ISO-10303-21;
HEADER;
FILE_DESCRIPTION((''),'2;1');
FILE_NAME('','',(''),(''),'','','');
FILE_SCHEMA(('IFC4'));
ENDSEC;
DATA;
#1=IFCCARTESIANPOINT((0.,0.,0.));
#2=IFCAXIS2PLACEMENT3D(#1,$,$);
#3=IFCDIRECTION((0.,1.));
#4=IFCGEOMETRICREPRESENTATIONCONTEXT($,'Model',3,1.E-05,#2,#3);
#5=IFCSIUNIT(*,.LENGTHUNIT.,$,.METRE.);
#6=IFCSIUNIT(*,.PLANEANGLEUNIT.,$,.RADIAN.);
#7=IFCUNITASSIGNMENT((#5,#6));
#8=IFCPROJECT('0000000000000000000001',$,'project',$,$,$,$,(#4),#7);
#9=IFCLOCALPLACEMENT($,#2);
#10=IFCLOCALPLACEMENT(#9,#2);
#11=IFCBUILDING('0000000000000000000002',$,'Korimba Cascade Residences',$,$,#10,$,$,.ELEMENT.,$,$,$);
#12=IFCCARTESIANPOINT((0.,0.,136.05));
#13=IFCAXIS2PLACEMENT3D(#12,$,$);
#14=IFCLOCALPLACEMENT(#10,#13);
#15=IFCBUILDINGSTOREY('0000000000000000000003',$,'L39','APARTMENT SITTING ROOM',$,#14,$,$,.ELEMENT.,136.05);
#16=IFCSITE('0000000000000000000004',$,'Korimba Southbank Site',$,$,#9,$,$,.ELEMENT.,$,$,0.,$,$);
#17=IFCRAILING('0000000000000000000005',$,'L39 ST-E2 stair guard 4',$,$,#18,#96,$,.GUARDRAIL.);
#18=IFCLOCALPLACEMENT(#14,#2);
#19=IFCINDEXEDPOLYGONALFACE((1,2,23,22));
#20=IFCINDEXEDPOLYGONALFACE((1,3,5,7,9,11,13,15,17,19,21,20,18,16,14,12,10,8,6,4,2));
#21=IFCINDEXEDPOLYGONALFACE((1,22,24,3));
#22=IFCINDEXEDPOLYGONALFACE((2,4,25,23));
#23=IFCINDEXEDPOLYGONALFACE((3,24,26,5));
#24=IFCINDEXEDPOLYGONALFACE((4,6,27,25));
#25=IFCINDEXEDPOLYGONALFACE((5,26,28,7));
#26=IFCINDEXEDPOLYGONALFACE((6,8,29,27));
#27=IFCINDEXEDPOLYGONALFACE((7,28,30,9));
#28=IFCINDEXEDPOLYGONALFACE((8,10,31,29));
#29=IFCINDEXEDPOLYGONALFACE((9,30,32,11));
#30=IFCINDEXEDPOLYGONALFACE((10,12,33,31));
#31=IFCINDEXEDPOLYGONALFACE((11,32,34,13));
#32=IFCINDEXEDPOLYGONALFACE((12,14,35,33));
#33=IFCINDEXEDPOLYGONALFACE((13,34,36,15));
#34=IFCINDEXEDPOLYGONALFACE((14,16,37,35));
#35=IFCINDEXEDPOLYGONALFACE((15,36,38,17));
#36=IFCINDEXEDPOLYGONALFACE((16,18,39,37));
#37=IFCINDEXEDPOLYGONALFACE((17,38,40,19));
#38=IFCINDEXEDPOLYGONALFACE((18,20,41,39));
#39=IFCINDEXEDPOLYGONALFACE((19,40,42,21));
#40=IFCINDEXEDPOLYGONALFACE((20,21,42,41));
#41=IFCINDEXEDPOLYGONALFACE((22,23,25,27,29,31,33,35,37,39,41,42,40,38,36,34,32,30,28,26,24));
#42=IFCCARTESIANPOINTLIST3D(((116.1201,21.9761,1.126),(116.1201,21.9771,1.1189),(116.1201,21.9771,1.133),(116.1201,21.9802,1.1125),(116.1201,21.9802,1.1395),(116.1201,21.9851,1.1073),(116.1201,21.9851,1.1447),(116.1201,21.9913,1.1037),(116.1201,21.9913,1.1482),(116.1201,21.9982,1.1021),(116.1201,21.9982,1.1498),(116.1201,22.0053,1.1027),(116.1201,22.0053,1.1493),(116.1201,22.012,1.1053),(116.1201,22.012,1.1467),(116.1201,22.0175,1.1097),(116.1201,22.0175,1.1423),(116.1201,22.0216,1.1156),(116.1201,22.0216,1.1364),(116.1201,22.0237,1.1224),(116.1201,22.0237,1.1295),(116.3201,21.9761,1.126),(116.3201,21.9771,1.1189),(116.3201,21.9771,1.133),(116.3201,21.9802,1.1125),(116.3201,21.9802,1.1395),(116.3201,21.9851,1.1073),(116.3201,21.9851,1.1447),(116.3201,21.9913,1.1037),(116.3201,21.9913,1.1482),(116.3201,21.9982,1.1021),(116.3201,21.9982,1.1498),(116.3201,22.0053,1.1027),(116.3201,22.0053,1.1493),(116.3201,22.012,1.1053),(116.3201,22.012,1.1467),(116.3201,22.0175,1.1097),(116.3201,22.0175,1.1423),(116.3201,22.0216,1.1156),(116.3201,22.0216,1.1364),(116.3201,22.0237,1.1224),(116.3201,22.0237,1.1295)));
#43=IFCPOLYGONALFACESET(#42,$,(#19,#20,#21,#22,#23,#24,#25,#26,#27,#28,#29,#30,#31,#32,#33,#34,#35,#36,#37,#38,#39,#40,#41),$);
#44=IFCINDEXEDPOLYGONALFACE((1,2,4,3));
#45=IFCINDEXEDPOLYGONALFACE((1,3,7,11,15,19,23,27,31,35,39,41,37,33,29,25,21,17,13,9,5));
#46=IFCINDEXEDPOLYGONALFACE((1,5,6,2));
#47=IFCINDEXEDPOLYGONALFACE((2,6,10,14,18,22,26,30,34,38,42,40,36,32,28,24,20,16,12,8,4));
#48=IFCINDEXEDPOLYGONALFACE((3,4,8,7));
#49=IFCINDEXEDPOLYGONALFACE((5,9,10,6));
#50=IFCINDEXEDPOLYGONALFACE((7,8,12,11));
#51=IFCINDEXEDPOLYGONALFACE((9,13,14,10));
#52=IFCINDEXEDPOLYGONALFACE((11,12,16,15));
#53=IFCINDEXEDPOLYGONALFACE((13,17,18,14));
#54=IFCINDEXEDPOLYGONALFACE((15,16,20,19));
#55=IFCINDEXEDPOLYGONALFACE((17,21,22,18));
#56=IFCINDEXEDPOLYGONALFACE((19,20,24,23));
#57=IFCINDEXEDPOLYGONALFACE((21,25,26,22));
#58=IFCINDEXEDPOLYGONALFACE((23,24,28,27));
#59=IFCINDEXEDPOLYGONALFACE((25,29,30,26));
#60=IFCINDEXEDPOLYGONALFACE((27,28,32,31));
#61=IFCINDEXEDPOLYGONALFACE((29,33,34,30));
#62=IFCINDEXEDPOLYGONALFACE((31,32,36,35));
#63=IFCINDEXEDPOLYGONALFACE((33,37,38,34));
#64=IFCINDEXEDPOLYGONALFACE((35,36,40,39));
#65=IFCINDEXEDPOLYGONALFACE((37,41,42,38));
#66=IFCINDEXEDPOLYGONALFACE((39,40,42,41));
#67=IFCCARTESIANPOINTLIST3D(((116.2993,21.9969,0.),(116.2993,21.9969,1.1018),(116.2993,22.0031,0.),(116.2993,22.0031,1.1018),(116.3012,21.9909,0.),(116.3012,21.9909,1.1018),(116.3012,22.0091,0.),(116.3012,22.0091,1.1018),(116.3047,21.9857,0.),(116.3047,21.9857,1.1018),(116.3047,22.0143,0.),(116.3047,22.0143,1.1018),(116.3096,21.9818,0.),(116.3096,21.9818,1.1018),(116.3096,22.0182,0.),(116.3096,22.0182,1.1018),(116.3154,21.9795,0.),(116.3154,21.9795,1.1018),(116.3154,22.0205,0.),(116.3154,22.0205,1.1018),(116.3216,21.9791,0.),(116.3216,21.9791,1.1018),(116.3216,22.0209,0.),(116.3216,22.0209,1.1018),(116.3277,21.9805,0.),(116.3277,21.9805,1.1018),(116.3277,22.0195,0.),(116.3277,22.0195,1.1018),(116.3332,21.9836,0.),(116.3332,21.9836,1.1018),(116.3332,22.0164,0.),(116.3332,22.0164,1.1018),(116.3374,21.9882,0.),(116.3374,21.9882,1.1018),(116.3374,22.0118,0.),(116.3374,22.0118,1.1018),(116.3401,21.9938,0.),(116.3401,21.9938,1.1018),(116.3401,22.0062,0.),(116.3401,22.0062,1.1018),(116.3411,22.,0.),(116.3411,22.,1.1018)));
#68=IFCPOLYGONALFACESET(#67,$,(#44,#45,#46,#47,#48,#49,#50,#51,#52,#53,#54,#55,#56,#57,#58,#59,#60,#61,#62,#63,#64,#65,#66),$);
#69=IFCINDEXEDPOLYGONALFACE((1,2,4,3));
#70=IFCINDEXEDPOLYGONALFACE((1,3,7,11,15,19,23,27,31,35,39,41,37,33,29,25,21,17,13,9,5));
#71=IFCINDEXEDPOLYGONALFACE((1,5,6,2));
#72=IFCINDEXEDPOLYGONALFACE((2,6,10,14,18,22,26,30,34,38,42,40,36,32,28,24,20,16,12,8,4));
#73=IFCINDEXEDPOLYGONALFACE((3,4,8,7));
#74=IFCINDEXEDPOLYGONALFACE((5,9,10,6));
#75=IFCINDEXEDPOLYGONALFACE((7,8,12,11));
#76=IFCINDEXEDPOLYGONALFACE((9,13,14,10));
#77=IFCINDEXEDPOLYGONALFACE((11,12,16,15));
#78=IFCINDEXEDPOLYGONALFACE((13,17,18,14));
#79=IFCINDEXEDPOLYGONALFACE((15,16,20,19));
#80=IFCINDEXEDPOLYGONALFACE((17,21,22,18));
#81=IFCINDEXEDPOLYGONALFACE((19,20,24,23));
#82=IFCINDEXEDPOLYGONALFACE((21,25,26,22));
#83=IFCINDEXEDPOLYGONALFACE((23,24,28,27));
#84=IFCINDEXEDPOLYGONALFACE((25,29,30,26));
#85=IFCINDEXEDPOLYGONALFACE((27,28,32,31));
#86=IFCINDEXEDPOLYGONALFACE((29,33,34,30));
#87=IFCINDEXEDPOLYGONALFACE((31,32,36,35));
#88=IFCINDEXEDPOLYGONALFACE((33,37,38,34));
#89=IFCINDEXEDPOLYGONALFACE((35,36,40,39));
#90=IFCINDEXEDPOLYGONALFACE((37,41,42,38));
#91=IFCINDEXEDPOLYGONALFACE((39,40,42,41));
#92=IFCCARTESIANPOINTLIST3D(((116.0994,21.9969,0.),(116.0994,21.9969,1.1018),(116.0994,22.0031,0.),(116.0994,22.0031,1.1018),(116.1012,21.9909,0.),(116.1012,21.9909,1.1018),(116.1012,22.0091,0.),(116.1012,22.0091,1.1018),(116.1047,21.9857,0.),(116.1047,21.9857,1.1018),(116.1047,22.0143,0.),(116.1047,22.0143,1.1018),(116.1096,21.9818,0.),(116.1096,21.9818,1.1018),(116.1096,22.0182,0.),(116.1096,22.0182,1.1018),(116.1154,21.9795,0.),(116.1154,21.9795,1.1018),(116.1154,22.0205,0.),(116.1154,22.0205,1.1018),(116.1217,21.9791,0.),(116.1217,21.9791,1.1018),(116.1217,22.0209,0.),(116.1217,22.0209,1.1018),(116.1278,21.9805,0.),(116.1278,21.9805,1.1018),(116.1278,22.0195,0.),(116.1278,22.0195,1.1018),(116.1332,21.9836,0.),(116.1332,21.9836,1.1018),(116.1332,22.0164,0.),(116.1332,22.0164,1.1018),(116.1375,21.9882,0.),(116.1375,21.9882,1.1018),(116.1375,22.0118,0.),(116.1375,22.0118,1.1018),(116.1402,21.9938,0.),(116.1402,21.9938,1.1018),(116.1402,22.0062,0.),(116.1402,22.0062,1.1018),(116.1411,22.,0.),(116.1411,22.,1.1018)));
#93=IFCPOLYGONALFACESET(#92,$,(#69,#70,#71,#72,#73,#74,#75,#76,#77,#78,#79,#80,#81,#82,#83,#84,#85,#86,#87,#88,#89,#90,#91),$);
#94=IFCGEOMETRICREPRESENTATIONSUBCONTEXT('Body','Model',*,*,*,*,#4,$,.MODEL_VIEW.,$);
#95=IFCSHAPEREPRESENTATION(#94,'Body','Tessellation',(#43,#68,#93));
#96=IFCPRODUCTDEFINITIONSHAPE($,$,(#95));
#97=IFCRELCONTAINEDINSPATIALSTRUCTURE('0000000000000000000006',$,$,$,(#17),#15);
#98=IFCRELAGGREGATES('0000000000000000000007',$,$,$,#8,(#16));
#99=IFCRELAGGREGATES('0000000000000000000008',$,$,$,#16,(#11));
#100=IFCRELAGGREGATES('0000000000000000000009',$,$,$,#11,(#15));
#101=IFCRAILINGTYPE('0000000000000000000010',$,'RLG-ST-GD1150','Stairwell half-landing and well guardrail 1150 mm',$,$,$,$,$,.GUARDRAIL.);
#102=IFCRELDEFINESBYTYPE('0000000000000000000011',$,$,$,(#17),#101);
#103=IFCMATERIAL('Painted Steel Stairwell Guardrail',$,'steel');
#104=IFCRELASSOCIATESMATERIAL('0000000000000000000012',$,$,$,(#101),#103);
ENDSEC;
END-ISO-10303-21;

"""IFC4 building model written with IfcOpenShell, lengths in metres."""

from ifc_helpers import new_model, si_unit, direction, frame, origin, origin_2d, place, context, subcontext, project, spatial, circle, extrude, material, type_object, element, save


model = new_model("IFC4")

# Units and contexts
model_context = context("Model", 3, precision=1e-05, world=origin(), true_north=direction((0.0, 1.0)))
body_context = subcontext(model_context, "Body", "Model", "MODEL_VIEW")
ifc_project = project(units=[si_unit("LENGTHUNIT", "METRE"), si_unit("PLANEANGLEUNIT", "RADIAN")], contexts=[model_context])

# Site, building, storey
site_placement = place(None, origin())
site = spatial("IfcSite", under=ifc_project, at=site_placement, Name="Korimba Southbank Site", CompositionType="ELEMENT", RefElevation=0.0)
building_placement = place(site_placement, origin())
building = spatial("IfcBuilding", under=site, at=building_placement, Name="Korimba Cascade Residences", CompositionType="ELEMENT")
storey_placement = place(building_placement, frame((0.0, 0.0, 136.05)))
storey = spatial("IfcBuildingStorey", under=building, at=storey_placement, Name="L39", Description="APARTMENT SITTING ROOM", CompositionType="ELEMENT", Elevation=136.05)

# Railing
ifc_material_1 = material(Name="Painted Steel Stairwell Guardrail", Category="steel")
railing_type = type_object("IfcRailingType", Name="RLG-ST-GD1150", Description="Stairwell half-landing and well guardrail 1150 mm", PredefinedType="GUARDRAIL", material=ifc_material_1)
railing_placement = place(storey_placement, frame((116.3201, 22.0, 0.0)))
element("IfcRailing", 1, at=railing_placement, inside=storey, type_object=railing_type, Name="L39 ST-E2 stair guard 4", PredefinedType="GUARDRAIL", context=body_context, shape_type="SweptSolid", body=[
    extrude(circle(Radius=0.0239, at=origin_2d()), frame((0.0, 0.0, 1.126), z_axis=(-1.0, 0.0, 0.0), x_axis=(0.0, -1.0, 0.0)), (0.0, 0.0, 1.0), 0.2),
    extrude(circle(Radius=0.021, at=origin_2d()), origin(), (0.0, 0.0, 1.0), 1.1018),
    extrude(circle(Radius=0.021, at=origin_2d()), frame((-0.2, 0.0, 0.0)), (0.0, 0.0, 1.0), 1.1018),
])

save(model, "model.ifc")
